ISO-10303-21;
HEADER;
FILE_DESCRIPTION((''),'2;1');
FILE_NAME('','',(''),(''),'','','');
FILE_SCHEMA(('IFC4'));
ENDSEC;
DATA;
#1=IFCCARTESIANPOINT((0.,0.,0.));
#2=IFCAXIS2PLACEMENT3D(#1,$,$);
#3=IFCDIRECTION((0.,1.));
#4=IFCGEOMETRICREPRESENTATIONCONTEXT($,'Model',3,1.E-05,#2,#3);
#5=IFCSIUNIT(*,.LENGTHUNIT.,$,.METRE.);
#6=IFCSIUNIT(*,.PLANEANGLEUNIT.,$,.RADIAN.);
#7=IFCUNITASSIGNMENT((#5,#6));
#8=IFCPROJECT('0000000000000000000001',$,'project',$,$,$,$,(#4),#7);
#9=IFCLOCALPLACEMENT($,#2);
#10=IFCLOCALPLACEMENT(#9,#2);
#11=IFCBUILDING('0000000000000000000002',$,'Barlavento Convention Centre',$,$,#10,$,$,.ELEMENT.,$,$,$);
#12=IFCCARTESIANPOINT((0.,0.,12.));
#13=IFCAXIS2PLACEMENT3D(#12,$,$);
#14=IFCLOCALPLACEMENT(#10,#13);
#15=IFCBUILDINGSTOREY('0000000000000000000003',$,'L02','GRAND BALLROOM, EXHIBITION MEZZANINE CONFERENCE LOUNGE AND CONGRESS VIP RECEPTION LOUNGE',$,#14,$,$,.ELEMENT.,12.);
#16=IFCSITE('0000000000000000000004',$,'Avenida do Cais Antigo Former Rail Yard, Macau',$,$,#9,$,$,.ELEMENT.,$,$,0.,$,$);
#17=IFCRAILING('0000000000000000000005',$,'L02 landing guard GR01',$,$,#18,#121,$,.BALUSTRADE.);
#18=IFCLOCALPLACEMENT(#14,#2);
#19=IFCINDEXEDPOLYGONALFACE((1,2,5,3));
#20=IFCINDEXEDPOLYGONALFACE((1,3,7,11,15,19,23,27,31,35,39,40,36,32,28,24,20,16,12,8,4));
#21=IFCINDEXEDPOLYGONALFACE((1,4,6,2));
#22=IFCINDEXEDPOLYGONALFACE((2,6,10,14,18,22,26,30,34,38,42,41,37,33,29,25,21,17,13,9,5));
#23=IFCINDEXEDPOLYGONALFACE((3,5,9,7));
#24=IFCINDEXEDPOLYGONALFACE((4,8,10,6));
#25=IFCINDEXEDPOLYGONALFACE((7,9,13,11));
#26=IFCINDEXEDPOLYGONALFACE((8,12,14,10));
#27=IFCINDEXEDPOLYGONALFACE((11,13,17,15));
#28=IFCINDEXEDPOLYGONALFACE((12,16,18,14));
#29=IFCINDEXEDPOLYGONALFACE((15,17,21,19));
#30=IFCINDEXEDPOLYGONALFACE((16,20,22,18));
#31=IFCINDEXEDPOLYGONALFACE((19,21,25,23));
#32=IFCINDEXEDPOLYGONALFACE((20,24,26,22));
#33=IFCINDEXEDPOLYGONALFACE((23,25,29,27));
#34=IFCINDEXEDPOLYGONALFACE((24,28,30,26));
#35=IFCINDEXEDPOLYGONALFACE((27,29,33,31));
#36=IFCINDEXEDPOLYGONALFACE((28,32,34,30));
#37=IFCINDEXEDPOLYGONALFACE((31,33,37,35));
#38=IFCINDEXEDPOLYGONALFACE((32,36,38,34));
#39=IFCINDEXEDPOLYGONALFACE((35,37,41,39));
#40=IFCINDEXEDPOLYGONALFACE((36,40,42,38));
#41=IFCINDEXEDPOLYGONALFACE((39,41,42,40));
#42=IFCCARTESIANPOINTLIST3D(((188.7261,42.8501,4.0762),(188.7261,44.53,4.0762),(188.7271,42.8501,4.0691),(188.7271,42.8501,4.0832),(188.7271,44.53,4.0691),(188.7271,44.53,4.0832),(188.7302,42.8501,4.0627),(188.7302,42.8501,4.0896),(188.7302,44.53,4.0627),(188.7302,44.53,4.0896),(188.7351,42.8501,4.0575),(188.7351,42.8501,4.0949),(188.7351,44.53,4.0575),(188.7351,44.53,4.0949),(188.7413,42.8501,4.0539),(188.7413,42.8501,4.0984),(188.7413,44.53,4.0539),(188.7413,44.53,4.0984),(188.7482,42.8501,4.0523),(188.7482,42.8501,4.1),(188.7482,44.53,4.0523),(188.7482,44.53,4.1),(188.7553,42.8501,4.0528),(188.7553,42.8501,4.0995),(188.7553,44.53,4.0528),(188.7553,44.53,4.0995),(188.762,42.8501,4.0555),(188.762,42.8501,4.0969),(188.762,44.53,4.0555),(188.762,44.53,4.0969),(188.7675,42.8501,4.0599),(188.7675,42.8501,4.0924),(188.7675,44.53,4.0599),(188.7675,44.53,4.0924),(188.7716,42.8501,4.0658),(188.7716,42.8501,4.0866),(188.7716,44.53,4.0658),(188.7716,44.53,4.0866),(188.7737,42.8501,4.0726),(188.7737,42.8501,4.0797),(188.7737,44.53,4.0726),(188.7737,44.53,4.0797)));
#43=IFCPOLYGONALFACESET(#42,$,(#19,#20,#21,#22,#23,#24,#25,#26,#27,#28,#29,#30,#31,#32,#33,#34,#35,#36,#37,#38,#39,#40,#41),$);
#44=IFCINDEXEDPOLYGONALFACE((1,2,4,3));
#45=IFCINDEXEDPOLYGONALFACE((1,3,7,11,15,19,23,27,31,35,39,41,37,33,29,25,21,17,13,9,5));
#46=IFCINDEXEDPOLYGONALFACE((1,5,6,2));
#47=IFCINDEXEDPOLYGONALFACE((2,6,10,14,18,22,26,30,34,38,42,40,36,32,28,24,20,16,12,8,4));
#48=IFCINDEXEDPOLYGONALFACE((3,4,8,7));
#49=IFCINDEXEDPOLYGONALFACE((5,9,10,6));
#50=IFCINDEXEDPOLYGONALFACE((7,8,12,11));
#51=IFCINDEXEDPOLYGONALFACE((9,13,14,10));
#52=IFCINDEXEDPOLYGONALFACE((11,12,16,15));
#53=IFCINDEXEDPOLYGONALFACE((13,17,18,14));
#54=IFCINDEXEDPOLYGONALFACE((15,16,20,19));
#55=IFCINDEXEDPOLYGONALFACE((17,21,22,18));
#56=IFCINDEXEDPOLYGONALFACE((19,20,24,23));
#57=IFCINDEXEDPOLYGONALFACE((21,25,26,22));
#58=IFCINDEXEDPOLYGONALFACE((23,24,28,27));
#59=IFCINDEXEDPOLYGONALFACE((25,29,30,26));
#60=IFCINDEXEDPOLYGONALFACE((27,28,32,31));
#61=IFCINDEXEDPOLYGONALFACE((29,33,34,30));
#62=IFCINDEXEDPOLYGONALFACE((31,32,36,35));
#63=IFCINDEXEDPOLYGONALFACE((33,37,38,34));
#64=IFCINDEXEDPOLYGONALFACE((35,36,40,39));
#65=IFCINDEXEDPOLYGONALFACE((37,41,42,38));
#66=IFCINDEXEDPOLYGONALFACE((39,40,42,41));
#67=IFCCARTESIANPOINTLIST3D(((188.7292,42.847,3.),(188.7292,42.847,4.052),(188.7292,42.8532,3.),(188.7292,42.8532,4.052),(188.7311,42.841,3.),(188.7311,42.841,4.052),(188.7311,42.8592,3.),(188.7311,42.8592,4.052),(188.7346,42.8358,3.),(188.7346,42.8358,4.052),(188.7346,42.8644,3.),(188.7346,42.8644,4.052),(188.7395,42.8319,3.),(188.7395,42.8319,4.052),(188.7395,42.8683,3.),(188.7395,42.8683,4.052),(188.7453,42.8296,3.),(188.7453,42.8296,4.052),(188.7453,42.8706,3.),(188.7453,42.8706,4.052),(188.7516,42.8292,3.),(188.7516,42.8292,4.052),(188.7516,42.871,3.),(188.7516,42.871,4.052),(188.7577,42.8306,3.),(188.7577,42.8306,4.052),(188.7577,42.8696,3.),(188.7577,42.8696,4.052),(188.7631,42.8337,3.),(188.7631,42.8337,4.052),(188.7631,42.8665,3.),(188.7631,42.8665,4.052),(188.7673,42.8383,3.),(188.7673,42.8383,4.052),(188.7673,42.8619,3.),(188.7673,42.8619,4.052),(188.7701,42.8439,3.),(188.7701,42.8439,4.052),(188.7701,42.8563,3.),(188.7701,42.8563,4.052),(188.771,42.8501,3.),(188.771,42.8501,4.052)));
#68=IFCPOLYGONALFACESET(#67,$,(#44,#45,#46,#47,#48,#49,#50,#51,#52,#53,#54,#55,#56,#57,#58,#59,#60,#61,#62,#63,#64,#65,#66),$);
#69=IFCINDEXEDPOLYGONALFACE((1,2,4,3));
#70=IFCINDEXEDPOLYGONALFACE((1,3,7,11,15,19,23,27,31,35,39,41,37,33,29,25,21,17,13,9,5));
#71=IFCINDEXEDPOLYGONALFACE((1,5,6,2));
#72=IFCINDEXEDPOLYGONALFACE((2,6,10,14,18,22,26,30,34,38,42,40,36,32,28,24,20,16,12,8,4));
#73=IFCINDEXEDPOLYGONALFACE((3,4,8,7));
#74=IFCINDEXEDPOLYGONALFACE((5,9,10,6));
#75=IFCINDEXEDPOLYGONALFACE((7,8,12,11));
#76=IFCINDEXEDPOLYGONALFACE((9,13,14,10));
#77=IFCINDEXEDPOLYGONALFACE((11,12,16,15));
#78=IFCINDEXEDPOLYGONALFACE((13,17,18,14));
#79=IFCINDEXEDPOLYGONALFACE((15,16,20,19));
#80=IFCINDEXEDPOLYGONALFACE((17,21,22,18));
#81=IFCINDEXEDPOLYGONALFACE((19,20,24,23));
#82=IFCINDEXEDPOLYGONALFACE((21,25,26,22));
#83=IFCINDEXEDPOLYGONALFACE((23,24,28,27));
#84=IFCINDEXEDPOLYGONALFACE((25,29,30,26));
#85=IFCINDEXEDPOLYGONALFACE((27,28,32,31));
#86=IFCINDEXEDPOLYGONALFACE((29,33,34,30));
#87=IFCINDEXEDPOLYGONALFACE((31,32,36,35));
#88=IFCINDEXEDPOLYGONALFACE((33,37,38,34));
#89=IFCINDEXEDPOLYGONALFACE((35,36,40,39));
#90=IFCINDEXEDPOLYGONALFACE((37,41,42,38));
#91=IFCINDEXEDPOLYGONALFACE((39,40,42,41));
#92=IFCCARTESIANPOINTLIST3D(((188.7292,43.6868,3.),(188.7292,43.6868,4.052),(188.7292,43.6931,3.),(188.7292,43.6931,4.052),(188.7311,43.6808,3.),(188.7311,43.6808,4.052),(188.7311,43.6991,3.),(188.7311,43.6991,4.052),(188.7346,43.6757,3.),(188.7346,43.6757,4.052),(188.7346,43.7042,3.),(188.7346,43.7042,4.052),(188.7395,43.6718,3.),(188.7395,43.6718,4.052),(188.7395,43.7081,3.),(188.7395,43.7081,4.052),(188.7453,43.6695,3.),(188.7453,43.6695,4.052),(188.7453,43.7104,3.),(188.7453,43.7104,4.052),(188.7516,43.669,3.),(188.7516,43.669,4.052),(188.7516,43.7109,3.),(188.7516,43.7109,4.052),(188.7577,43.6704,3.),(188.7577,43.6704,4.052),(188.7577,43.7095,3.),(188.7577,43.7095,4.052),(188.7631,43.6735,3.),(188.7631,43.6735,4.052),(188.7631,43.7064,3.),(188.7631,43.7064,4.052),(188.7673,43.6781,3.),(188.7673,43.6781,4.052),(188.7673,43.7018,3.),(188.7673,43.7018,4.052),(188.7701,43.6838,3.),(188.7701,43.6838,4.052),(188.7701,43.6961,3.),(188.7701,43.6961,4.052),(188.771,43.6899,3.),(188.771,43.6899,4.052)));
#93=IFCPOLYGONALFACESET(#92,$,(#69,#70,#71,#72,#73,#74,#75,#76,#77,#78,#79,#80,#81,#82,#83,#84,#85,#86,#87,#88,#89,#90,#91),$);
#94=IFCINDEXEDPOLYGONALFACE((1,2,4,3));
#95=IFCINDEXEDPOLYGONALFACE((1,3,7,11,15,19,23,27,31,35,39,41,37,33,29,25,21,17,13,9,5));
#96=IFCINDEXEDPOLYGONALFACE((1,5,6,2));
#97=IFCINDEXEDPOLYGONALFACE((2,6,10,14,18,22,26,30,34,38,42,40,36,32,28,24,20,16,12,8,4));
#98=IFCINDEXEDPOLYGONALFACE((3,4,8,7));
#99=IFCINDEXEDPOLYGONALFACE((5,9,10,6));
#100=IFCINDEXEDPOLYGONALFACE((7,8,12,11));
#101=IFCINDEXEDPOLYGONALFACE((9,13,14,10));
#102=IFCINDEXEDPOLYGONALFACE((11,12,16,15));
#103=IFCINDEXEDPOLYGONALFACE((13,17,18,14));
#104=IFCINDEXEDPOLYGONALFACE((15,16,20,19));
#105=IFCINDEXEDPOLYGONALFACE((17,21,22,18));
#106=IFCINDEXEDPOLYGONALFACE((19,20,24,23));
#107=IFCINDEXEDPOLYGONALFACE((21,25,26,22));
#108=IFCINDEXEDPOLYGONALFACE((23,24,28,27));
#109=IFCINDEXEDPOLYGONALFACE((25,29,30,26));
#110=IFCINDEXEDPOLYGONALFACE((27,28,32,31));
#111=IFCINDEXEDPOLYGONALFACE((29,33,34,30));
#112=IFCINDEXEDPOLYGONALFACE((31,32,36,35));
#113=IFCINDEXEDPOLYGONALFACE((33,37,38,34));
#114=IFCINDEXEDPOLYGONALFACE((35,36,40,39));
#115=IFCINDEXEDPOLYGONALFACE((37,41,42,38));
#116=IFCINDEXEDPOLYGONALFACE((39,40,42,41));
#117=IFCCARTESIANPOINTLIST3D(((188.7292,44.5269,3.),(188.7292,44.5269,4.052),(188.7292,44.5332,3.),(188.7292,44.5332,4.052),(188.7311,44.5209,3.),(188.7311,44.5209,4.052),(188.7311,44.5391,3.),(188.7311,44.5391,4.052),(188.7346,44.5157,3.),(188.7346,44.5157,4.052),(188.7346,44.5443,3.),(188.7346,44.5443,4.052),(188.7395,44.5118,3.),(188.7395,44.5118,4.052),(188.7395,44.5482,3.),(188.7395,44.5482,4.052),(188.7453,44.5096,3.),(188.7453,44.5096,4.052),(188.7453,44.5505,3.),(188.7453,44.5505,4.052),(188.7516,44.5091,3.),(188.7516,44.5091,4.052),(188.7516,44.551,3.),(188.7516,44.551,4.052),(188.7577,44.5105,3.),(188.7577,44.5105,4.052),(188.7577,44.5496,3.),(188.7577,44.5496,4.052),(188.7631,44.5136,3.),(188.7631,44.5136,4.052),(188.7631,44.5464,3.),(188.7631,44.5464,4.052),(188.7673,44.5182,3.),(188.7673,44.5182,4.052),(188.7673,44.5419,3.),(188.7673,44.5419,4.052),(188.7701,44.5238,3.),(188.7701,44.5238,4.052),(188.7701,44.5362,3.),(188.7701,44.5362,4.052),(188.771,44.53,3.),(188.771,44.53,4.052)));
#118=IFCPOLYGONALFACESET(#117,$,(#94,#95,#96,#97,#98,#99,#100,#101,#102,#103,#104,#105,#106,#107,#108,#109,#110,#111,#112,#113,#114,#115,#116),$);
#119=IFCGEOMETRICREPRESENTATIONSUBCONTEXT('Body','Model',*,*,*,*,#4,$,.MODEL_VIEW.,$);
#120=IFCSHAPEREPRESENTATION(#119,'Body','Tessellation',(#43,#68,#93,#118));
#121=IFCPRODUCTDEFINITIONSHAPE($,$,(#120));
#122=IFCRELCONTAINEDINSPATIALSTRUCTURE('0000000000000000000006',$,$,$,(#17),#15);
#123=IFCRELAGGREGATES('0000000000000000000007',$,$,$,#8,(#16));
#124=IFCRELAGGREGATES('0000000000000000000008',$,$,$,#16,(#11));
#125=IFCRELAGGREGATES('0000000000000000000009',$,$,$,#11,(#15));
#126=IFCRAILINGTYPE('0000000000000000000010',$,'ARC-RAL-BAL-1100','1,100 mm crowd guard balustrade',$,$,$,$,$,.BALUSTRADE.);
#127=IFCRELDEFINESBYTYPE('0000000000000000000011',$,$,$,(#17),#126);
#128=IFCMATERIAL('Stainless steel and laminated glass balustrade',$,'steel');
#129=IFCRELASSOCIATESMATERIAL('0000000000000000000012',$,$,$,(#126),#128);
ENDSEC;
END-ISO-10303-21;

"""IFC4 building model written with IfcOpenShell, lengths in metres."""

from ifc_helpers import new_model, si_unit, direction, frame, origin, origin_2d, place, context, subcontext, project, spatial, circle, extrude, material, type_object, element, save


model = new_model("IFC4")

# Units and contexts
model_context = context("Model", 3, precision=1e-05, world=origin(), true_north=direction((0.0, 1.0)))
body_context = subcontext(model_context, "Body", "Model", "MODEL_VIEW")
ifc_project = project(units=[si_unit("LENGTHUNIT", "METRE"), si_unit("PLANEANGLEUNIT", "RADIAN")], contexts=[model_context])

# Site, building, storey
site_placement = place(None, origin())
site = spatial("IfcSite", under=ifc_project, at=site_placement, Name="Avenida do Cais Antigo Former Rail Yard, Macau", CompositionType="ELEMENT", RefElevation=0.0)
building_placement = place(site_placement, origin())
building = spatial("IfcBuilding", under=site, at=building_placement, Name="Barlavento Convention Centre", CompositionType="ELEMENT")
storey_placement = place(building_placement, frame((0.0, 0.0, 12.0)))
storey = spatial("IfcBuildingStorey", under=building, at=storey_placement, Name="L02", Description="GRAND BALLROOM, EXHIBITION MEZZANINE CONFERENCE LOUNGE AND CONGRESS VIP RECEPTION LOUNGE", CompositionType="ELEMENT", Elevation=12.0)

# Railing
ifc_material_1 = material(Name="Stainless steel and laminated glass balustrade", Category="steel")
railing_type_1 = type_object("IfcRailingType", Name="ARC-RAL-BAL-1100", Description="1,100 mm crowd guard balustrade", PredefinedType="BALUSTRADE", material=ifc_material_1)
railing_1_placement = place(storey_placement, frame((188.75, 42.8501, 3.0)))
element("IfcRailing", 1, at=railing_1_placement, inside=storey, type_object=railing_type_1, Name="L02 landing guard GR01", PredefinedType="BALUSTRADE", context=body_context, shape_type="SweptSolid", body=[
    extrude(circle(Radius=0.0239, at=origin_2d()), frame((0.0, 0.0, 1.0762), z_axis=(0.0, 1.0, 0.0), x_axis=(-1.0, 0.0, 0.0)), (0.0, 0.0, 1.0), 1.6799),
    extrude(circle(Radius=0.021, at=origin_2d()), origin(), (0.0, 0.0, 1.0), 1.052),
    extrude(circle(Radius=0.021, at=origin_2d()), frame((0.0, 0.8398, 0.0)), (0.0, 0.0, 1.0), 1.052),
    extrude(circle(Radius=0.021, at=origin_2d()), frame((0.0, 1.6799, 0.0)), (0.0, 0.0, 1.0), 1.052),
])

save(model, "model.ifc")
